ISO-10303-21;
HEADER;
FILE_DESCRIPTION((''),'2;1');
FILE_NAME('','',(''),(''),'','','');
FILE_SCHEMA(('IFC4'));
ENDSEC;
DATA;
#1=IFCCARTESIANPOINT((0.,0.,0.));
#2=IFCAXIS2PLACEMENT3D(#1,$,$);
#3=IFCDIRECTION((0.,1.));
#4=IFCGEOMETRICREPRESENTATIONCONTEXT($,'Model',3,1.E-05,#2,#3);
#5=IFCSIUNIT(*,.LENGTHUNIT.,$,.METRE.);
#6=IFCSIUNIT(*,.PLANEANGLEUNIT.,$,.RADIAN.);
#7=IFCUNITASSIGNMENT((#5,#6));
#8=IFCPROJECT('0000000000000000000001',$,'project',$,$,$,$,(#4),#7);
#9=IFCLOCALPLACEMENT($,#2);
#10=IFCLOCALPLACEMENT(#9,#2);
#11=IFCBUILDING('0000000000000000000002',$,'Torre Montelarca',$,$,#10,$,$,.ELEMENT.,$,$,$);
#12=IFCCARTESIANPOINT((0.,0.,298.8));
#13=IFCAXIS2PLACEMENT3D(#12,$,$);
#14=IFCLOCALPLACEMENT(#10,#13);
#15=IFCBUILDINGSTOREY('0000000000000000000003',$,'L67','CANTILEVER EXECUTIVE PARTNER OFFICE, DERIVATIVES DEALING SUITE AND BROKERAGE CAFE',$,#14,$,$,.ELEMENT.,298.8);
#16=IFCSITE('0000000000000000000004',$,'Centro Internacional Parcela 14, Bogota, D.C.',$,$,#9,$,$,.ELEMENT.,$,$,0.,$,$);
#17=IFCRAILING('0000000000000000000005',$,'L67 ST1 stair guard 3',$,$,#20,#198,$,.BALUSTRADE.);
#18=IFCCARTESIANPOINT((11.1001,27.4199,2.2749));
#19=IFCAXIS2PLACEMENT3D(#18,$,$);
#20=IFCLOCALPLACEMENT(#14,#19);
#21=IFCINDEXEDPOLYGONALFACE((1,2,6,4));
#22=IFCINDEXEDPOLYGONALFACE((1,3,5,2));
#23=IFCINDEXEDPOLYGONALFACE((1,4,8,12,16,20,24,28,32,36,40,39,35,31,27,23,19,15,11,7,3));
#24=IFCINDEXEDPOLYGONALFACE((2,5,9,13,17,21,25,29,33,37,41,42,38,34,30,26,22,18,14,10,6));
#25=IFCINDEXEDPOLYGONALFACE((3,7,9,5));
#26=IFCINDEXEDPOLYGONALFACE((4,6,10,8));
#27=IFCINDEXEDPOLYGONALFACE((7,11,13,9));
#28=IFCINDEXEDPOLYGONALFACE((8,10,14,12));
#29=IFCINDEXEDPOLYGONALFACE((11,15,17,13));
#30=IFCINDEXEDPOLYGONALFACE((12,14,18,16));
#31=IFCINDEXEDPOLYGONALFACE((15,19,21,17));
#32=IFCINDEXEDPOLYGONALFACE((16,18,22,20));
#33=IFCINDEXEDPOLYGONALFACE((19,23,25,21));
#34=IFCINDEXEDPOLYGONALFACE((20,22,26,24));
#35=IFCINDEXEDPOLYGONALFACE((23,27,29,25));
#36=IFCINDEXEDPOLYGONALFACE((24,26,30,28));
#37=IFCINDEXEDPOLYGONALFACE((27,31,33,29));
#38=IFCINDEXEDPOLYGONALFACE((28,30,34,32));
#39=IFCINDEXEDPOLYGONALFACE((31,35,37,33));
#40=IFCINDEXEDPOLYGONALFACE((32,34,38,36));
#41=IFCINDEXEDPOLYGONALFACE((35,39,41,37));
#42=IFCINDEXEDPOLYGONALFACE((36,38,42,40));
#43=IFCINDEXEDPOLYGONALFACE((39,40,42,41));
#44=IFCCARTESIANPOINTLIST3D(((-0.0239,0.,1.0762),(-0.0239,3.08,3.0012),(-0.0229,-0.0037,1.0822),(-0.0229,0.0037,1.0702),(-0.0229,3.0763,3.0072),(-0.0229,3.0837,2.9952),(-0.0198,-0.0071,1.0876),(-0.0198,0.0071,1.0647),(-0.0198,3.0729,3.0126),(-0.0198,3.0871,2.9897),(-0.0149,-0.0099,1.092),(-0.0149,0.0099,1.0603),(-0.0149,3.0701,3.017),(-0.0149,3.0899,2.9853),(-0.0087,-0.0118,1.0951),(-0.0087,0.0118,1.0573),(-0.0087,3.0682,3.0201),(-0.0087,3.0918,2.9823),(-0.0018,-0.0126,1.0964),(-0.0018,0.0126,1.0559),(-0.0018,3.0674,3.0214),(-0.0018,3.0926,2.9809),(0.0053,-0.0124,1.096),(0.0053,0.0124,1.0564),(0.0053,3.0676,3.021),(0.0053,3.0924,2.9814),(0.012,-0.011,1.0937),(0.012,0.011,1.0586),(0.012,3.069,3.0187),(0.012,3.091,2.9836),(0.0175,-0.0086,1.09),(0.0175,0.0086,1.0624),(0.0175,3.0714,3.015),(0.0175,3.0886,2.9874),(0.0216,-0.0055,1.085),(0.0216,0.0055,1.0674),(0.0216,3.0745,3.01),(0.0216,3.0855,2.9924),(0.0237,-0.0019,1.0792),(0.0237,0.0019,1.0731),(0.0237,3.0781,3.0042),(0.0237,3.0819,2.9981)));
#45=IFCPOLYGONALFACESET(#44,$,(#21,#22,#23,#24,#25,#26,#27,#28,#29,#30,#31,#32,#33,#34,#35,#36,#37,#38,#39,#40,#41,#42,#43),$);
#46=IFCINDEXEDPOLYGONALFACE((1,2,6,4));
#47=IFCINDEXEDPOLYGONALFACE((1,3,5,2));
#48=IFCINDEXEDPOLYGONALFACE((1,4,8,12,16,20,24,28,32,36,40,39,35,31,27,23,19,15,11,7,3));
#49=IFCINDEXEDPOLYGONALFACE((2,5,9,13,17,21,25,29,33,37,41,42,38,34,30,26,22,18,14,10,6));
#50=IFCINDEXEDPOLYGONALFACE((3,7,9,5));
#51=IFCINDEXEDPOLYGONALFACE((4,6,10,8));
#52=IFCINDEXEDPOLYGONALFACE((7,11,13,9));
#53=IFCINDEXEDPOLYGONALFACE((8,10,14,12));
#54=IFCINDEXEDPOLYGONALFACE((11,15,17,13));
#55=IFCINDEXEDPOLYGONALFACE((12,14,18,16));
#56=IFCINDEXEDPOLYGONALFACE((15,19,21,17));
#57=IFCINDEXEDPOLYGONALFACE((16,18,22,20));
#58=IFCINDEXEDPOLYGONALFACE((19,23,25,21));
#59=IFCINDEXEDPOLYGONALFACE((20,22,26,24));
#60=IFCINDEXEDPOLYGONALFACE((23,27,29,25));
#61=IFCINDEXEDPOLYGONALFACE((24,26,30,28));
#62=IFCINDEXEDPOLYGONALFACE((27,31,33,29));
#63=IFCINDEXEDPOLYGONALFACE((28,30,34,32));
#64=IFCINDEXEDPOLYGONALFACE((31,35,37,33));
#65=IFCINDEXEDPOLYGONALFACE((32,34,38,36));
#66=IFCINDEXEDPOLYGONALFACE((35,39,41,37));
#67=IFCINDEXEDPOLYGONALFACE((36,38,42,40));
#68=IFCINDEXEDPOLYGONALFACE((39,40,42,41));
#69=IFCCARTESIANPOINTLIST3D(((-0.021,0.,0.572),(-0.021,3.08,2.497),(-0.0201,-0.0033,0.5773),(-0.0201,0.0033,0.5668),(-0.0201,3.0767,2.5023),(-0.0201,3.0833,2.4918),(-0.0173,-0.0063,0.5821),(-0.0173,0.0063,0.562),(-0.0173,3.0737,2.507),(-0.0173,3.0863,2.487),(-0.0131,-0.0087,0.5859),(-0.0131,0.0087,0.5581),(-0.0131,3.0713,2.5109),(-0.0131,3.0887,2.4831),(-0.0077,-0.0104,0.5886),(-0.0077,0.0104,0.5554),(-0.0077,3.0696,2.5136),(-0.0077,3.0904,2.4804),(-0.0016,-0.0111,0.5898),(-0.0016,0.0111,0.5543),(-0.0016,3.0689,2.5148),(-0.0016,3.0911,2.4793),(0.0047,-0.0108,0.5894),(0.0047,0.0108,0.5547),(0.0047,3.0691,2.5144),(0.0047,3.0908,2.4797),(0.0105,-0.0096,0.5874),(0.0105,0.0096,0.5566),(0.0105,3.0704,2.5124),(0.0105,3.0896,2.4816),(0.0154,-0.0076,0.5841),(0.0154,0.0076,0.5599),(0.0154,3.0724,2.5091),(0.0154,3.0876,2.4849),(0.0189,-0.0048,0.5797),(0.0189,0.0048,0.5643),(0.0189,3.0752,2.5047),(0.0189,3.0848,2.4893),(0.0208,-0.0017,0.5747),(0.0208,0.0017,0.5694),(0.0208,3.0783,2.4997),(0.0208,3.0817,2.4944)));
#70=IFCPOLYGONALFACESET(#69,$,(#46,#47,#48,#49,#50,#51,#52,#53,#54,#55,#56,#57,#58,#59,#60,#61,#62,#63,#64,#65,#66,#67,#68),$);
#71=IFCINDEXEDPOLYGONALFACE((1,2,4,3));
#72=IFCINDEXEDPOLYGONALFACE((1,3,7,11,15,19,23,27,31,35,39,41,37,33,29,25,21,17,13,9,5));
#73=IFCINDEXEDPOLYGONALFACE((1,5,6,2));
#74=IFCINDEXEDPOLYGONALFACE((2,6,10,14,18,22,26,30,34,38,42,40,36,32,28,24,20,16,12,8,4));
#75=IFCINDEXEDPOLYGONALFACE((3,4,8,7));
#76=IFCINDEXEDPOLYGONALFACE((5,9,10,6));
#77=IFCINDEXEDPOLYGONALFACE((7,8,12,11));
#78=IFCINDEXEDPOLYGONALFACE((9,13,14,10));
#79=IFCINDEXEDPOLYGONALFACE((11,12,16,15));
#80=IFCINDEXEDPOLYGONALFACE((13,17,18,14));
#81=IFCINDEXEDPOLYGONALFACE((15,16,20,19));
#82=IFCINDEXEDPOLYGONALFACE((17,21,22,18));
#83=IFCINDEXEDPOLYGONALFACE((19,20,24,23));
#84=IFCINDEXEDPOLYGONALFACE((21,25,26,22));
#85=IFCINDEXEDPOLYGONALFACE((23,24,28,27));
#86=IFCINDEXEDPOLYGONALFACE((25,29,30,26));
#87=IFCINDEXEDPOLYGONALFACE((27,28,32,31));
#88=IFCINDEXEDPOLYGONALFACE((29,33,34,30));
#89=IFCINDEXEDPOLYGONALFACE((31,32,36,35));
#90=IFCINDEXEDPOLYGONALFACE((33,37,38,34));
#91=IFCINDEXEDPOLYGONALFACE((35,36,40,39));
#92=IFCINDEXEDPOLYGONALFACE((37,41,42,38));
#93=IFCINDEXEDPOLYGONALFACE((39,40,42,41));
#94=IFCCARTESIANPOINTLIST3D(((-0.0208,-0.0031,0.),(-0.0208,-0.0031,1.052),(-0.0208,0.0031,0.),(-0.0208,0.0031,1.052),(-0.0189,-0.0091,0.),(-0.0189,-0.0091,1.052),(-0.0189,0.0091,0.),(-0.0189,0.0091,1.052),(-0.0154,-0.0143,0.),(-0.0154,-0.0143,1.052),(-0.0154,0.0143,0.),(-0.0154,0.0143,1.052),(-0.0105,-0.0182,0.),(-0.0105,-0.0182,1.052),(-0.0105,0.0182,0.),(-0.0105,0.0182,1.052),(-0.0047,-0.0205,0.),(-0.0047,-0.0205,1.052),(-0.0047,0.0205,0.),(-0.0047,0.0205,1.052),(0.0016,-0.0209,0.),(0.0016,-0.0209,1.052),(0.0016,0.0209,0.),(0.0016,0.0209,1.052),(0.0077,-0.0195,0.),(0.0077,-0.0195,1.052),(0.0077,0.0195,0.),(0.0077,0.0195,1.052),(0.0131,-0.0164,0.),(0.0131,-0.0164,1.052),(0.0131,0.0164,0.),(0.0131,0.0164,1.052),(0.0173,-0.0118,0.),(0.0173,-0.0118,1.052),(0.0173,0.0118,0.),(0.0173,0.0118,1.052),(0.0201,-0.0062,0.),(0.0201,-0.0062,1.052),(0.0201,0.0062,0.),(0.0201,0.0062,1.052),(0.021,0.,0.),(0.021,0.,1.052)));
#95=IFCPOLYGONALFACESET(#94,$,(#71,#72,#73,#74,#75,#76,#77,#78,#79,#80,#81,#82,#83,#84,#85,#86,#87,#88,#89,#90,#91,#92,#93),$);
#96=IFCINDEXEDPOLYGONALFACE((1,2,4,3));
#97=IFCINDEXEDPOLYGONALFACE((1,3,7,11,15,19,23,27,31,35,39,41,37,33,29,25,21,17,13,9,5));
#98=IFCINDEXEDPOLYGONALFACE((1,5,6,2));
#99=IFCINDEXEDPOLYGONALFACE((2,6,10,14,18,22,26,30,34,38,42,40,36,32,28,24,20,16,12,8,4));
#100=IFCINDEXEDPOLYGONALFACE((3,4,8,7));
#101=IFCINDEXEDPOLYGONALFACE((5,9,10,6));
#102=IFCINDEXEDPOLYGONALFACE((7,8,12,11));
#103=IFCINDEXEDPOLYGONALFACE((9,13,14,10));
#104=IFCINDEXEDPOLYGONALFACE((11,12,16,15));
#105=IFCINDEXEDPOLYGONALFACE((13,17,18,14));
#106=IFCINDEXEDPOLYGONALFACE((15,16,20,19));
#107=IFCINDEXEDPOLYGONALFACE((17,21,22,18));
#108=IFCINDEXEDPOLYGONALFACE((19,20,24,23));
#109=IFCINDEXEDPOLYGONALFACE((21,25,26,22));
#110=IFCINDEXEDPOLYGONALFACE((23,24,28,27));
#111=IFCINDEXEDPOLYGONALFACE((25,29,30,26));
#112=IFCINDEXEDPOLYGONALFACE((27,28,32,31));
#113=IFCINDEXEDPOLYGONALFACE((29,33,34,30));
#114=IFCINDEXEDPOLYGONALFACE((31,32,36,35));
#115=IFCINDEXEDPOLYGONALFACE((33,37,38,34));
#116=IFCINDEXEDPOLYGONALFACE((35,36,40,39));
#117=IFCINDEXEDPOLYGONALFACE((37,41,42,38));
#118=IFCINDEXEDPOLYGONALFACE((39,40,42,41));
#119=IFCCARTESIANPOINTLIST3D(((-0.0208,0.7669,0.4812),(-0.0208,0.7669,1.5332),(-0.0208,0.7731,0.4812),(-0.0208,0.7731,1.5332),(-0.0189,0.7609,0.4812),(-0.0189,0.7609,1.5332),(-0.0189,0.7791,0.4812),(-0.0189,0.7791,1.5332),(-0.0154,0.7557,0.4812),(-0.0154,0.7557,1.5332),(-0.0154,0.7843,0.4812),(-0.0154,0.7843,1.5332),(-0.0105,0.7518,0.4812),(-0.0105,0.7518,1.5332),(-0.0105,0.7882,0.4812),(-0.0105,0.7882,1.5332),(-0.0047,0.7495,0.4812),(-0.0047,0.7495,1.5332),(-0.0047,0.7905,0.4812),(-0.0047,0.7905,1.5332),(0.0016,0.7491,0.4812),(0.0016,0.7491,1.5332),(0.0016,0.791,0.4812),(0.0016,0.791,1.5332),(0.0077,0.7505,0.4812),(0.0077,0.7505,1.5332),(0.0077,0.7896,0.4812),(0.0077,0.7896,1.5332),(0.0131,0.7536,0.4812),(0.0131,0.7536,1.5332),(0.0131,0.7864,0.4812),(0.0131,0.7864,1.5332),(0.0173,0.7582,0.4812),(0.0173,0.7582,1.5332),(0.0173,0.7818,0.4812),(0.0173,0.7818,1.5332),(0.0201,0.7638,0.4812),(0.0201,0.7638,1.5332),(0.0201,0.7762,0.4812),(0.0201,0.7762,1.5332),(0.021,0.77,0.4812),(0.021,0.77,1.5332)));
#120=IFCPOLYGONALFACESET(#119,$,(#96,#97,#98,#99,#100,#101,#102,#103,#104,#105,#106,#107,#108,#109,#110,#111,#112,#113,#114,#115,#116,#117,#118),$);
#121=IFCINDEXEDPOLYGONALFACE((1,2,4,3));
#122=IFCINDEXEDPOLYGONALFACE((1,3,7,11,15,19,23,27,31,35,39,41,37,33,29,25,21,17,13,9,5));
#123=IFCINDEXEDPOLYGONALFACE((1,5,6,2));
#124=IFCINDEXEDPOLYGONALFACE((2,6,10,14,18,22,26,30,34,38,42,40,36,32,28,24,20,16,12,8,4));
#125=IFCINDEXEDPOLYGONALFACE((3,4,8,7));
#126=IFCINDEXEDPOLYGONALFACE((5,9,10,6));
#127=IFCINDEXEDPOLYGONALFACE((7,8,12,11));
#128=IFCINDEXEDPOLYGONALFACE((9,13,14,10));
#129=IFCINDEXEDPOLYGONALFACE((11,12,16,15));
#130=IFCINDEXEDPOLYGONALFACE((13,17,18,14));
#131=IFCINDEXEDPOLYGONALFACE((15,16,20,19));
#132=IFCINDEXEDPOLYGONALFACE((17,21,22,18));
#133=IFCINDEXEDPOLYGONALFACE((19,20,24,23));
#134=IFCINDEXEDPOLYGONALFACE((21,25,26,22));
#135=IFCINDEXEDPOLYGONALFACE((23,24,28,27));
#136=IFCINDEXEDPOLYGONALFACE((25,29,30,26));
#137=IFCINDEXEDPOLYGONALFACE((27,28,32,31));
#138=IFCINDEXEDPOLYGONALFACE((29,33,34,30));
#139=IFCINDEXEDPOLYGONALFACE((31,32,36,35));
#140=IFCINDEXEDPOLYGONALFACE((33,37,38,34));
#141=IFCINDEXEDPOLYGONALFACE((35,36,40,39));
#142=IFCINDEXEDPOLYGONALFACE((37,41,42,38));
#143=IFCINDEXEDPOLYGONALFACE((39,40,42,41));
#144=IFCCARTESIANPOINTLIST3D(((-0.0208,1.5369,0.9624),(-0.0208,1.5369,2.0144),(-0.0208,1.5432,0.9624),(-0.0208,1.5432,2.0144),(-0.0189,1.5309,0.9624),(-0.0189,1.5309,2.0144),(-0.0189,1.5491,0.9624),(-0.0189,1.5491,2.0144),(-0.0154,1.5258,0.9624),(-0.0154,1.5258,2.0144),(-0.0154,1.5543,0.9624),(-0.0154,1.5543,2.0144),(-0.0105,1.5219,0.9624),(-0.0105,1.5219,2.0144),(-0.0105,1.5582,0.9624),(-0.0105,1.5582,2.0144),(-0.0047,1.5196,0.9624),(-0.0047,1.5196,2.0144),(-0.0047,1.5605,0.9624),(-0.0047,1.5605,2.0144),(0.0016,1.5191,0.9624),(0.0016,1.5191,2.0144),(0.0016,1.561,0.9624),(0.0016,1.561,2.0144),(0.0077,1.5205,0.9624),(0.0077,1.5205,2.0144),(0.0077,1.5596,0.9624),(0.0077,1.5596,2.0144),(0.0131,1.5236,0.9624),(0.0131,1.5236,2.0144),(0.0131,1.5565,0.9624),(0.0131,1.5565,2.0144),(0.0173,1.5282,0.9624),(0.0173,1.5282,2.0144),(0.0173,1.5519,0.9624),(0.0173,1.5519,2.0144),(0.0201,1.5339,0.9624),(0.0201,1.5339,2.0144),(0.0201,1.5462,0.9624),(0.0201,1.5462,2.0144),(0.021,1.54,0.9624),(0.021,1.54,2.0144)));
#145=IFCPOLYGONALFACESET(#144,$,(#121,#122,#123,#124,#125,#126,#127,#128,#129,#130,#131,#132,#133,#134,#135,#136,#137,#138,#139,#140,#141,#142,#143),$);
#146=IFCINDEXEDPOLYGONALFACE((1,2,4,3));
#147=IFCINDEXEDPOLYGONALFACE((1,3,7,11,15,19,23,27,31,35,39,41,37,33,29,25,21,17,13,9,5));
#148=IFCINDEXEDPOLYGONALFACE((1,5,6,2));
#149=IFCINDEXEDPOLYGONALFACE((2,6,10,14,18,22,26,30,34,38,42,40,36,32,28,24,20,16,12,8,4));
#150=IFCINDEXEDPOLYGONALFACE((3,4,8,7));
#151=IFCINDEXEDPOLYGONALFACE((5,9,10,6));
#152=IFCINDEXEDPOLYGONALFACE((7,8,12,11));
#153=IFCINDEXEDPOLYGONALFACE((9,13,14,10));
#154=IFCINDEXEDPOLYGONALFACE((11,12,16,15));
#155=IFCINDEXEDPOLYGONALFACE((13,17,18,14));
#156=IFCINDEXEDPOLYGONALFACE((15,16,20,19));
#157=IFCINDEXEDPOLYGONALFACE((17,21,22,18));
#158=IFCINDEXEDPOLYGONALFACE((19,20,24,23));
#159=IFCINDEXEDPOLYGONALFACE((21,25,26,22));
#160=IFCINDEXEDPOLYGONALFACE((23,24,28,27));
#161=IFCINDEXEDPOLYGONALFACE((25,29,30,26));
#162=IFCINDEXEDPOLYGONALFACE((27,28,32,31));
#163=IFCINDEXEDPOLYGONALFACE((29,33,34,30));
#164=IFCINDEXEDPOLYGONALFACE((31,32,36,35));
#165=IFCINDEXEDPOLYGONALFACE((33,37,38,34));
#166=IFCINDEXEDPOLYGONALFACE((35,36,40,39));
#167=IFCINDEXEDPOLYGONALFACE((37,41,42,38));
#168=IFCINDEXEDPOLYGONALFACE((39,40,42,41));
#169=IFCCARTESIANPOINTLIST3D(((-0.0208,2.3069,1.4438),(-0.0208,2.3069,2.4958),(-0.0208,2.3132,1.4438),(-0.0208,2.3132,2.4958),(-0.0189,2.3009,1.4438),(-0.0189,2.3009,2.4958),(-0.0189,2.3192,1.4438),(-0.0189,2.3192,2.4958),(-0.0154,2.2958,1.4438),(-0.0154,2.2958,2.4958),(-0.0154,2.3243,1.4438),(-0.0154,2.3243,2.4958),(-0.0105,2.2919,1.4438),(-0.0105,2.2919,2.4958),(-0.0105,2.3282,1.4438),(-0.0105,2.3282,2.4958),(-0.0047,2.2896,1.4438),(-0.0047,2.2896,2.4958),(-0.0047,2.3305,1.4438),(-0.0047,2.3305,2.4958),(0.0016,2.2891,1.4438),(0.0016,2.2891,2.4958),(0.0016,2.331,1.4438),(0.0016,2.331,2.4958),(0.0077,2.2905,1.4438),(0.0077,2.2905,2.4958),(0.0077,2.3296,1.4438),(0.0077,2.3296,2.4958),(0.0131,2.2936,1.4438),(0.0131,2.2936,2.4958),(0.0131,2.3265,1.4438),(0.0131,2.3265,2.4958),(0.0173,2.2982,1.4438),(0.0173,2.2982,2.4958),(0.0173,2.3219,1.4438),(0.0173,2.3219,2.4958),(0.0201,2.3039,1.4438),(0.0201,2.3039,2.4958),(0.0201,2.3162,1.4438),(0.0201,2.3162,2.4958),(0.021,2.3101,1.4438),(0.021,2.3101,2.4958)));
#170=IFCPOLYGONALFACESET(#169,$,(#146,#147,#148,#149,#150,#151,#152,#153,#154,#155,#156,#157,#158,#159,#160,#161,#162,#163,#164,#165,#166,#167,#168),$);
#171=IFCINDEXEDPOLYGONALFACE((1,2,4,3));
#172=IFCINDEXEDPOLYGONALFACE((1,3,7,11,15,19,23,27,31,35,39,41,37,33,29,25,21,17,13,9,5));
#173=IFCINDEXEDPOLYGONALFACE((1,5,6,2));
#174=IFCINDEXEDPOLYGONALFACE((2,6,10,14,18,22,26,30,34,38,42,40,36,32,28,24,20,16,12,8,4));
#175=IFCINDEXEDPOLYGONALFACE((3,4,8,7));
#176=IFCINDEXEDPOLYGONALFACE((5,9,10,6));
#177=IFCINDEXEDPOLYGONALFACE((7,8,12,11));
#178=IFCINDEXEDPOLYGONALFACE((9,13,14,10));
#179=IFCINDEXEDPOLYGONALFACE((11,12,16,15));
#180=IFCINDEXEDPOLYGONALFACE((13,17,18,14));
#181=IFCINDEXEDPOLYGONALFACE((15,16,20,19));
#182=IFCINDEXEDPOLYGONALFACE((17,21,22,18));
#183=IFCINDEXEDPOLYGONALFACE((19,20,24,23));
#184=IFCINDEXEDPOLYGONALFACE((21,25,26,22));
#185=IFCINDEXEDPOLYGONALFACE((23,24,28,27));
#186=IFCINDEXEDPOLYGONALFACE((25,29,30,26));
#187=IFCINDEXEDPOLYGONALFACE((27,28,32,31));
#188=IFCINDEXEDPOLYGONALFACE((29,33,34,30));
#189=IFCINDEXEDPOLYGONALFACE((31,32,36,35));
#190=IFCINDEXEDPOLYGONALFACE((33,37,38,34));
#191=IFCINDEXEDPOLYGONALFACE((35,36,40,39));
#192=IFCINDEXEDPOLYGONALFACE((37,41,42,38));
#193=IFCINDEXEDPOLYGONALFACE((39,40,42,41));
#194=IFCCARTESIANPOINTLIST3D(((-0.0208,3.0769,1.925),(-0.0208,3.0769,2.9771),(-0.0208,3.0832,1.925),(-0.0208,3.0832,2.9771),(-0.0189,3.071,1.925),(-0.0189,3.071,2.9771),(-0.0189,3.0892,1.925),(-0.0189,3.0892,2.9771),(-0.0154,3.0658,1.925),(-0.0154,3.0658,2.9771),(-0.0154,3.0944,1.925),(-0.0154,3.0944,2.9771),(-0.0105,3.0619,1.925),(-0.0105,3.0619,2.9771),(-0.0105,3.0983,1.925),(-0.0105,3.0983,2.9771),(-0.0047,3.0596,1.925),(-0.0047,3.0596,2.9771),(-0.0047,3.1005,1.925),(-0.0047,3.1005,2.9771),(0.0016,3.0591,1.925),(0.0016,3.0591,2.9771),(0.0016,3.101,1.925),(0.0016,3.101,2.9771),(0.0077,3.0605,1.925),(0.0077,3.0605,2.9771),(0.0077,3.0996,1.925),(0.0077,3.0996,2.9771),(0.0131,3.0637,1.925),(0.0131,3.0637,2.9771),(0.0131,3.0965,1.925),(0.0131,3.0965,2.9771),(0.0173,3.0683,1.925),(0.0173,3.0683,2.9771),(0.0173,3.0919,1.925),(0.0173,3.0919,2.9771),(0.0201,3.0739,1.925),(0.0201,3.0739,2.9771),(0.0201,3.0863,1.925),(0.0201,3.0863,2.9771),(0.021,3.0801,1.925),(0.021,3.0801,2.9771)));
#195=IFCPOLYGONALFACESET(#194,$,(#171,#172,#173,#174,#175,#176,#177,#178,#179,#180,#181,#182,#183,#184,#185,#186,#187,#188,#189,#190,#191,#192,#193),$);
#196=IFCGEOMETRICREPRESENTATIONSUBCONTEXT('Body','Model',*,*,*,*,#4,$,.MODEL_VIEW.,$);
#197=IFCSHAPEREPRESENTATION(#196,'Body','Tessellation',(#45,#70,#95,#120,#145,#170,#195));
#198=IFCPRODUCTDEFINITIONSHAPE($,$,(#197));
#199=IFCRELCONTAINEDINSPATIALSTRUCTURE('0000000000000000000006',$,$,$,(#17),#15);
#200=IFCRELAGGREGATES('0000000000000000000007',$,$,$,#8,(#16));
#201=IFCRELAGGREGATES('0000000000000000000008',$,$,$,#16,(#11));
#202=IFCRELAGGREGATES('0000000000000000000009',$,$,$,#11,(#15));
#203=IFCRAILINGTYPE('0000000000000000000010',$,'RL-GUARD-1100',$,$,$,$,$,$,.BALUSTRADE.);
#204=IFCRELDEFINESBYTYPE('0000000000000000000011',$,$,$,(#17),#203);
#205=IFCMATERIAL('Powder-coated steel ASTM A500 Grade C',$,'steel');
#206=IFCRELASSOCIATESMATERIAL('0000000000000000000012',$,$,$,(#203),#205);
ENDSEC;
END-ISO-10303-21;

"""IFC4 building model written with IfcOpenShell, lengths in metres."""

from ifc_helpers import new_model, si_unit, direction, frame, origin, origin_2d, place, context, subcontext, project, spatial, circle, extrude, material, type_object, element, save


model = new_model("IFC4")

# Units and contexts
model_context = context("Model", 3, precision=1e-05, world=origin(), true_north=direction((0.0, 1.0)))
body_context = subcontext(model_context, "Body", "Model", "MODEL_VIEW")
ifc_project = project(units=[si_unit("LENGTHUNIT", "METRE"), si_unit("PLANEANGLEUNIT", "RADIAN")], contexts=[model_context])

# Site, building, storey
site_placement = place(None, origin())
site = spatial("IfcSite", under=ifc_project, at=site_placement, Name="Centro Internacional Parcela 14, Bogota, D.C.", CompositionType="ELEMENT", RefElevation=0.0)
building_placement = place(site_placement, origin())
building = spatial("IfcBuilding", under=site, at=building_placement, Name="Torre Montelarca", CompositionType="ELEMENT")
storey_placement = place(building_placement, frame((0.0, 0.0, 298.8)))
storey = spatial("IfcBuildingStorey", under=building, at=storey_placement, Name="L67", Description="CANTILEVER EXECUTIVE PARTNER OFFICE, DERIVATIVES DEALING SUITE AND BROKERAGE CAFE", CompositionType="ELEMENT", Elevation=298.8)

# Railing
ifc_material_1 = material(Name="Powder-coated steel ASTM A500 Grade C", Category="steel")
railing_type_1 = type_object("IfcRailingType", Name="RL-GUARD-1100", PredefinedType="BALUSTRADE", material=ifc_material_1)
railing_1_placement = place(storey_placement, frame((11.1001, 27.4199, 2.2749)))
element("IfcRailing", 1, at=railing_1_placement, inside=storey, type_object=railing_type_1, Name="L67 ST1 stair guard 3", PredefinedType="BALUSTRADE", context=body_context, shape_type="SweptSolid", body=[
    extrude(circle(Radius=0.0239, at=origin_2d()), frame((0.0, 0.0, 1.0762), z_axis=(0.0, 0.847998, 0.529999), x_axis=(-1.0, 0.0, 0.0)), (0.0, 0.0, 1.0), 3.6321),
    extrude(circle(Radius=0.021, at=origin_2d()), frame((0.0, 0.0, 0.572), z_axis=(0.0, 0.847998, 0.529999), x_axis=(-1.0, 0.0, 0.0)), (0.0, 0.0, 1.0), 3.6321),
    extrude(circle(Radius=0.021, at=origin_2d()), origin(), (0.0, 0.0, 1.0), 1.052),
    extrude(circle(Radius=0.021, at=origin_2d()), frame((0.0, 0.77, 0.4812)), (0.0, 0.0, 1.0), 1.052),
    extrude(circle(Radius=0.021, at=origin_2d()), frame((0.0, 1.54, 0.9624)), (0.0, 0.0, 1.0), 1.052),
    extrude(circle(Radius=0.021, at=origin_2d()), frame((0.0, 2.3101, 1.4438)), (0.0, 0.0, 1.0), 1.052),
    extrude(circle(Radius=0.021, at=origin_2d()), frame((0.0, 3.0801, 1.925)), (0.0, 0.0, 1.0), 1.052),
])

save(model, "model.ifc")
